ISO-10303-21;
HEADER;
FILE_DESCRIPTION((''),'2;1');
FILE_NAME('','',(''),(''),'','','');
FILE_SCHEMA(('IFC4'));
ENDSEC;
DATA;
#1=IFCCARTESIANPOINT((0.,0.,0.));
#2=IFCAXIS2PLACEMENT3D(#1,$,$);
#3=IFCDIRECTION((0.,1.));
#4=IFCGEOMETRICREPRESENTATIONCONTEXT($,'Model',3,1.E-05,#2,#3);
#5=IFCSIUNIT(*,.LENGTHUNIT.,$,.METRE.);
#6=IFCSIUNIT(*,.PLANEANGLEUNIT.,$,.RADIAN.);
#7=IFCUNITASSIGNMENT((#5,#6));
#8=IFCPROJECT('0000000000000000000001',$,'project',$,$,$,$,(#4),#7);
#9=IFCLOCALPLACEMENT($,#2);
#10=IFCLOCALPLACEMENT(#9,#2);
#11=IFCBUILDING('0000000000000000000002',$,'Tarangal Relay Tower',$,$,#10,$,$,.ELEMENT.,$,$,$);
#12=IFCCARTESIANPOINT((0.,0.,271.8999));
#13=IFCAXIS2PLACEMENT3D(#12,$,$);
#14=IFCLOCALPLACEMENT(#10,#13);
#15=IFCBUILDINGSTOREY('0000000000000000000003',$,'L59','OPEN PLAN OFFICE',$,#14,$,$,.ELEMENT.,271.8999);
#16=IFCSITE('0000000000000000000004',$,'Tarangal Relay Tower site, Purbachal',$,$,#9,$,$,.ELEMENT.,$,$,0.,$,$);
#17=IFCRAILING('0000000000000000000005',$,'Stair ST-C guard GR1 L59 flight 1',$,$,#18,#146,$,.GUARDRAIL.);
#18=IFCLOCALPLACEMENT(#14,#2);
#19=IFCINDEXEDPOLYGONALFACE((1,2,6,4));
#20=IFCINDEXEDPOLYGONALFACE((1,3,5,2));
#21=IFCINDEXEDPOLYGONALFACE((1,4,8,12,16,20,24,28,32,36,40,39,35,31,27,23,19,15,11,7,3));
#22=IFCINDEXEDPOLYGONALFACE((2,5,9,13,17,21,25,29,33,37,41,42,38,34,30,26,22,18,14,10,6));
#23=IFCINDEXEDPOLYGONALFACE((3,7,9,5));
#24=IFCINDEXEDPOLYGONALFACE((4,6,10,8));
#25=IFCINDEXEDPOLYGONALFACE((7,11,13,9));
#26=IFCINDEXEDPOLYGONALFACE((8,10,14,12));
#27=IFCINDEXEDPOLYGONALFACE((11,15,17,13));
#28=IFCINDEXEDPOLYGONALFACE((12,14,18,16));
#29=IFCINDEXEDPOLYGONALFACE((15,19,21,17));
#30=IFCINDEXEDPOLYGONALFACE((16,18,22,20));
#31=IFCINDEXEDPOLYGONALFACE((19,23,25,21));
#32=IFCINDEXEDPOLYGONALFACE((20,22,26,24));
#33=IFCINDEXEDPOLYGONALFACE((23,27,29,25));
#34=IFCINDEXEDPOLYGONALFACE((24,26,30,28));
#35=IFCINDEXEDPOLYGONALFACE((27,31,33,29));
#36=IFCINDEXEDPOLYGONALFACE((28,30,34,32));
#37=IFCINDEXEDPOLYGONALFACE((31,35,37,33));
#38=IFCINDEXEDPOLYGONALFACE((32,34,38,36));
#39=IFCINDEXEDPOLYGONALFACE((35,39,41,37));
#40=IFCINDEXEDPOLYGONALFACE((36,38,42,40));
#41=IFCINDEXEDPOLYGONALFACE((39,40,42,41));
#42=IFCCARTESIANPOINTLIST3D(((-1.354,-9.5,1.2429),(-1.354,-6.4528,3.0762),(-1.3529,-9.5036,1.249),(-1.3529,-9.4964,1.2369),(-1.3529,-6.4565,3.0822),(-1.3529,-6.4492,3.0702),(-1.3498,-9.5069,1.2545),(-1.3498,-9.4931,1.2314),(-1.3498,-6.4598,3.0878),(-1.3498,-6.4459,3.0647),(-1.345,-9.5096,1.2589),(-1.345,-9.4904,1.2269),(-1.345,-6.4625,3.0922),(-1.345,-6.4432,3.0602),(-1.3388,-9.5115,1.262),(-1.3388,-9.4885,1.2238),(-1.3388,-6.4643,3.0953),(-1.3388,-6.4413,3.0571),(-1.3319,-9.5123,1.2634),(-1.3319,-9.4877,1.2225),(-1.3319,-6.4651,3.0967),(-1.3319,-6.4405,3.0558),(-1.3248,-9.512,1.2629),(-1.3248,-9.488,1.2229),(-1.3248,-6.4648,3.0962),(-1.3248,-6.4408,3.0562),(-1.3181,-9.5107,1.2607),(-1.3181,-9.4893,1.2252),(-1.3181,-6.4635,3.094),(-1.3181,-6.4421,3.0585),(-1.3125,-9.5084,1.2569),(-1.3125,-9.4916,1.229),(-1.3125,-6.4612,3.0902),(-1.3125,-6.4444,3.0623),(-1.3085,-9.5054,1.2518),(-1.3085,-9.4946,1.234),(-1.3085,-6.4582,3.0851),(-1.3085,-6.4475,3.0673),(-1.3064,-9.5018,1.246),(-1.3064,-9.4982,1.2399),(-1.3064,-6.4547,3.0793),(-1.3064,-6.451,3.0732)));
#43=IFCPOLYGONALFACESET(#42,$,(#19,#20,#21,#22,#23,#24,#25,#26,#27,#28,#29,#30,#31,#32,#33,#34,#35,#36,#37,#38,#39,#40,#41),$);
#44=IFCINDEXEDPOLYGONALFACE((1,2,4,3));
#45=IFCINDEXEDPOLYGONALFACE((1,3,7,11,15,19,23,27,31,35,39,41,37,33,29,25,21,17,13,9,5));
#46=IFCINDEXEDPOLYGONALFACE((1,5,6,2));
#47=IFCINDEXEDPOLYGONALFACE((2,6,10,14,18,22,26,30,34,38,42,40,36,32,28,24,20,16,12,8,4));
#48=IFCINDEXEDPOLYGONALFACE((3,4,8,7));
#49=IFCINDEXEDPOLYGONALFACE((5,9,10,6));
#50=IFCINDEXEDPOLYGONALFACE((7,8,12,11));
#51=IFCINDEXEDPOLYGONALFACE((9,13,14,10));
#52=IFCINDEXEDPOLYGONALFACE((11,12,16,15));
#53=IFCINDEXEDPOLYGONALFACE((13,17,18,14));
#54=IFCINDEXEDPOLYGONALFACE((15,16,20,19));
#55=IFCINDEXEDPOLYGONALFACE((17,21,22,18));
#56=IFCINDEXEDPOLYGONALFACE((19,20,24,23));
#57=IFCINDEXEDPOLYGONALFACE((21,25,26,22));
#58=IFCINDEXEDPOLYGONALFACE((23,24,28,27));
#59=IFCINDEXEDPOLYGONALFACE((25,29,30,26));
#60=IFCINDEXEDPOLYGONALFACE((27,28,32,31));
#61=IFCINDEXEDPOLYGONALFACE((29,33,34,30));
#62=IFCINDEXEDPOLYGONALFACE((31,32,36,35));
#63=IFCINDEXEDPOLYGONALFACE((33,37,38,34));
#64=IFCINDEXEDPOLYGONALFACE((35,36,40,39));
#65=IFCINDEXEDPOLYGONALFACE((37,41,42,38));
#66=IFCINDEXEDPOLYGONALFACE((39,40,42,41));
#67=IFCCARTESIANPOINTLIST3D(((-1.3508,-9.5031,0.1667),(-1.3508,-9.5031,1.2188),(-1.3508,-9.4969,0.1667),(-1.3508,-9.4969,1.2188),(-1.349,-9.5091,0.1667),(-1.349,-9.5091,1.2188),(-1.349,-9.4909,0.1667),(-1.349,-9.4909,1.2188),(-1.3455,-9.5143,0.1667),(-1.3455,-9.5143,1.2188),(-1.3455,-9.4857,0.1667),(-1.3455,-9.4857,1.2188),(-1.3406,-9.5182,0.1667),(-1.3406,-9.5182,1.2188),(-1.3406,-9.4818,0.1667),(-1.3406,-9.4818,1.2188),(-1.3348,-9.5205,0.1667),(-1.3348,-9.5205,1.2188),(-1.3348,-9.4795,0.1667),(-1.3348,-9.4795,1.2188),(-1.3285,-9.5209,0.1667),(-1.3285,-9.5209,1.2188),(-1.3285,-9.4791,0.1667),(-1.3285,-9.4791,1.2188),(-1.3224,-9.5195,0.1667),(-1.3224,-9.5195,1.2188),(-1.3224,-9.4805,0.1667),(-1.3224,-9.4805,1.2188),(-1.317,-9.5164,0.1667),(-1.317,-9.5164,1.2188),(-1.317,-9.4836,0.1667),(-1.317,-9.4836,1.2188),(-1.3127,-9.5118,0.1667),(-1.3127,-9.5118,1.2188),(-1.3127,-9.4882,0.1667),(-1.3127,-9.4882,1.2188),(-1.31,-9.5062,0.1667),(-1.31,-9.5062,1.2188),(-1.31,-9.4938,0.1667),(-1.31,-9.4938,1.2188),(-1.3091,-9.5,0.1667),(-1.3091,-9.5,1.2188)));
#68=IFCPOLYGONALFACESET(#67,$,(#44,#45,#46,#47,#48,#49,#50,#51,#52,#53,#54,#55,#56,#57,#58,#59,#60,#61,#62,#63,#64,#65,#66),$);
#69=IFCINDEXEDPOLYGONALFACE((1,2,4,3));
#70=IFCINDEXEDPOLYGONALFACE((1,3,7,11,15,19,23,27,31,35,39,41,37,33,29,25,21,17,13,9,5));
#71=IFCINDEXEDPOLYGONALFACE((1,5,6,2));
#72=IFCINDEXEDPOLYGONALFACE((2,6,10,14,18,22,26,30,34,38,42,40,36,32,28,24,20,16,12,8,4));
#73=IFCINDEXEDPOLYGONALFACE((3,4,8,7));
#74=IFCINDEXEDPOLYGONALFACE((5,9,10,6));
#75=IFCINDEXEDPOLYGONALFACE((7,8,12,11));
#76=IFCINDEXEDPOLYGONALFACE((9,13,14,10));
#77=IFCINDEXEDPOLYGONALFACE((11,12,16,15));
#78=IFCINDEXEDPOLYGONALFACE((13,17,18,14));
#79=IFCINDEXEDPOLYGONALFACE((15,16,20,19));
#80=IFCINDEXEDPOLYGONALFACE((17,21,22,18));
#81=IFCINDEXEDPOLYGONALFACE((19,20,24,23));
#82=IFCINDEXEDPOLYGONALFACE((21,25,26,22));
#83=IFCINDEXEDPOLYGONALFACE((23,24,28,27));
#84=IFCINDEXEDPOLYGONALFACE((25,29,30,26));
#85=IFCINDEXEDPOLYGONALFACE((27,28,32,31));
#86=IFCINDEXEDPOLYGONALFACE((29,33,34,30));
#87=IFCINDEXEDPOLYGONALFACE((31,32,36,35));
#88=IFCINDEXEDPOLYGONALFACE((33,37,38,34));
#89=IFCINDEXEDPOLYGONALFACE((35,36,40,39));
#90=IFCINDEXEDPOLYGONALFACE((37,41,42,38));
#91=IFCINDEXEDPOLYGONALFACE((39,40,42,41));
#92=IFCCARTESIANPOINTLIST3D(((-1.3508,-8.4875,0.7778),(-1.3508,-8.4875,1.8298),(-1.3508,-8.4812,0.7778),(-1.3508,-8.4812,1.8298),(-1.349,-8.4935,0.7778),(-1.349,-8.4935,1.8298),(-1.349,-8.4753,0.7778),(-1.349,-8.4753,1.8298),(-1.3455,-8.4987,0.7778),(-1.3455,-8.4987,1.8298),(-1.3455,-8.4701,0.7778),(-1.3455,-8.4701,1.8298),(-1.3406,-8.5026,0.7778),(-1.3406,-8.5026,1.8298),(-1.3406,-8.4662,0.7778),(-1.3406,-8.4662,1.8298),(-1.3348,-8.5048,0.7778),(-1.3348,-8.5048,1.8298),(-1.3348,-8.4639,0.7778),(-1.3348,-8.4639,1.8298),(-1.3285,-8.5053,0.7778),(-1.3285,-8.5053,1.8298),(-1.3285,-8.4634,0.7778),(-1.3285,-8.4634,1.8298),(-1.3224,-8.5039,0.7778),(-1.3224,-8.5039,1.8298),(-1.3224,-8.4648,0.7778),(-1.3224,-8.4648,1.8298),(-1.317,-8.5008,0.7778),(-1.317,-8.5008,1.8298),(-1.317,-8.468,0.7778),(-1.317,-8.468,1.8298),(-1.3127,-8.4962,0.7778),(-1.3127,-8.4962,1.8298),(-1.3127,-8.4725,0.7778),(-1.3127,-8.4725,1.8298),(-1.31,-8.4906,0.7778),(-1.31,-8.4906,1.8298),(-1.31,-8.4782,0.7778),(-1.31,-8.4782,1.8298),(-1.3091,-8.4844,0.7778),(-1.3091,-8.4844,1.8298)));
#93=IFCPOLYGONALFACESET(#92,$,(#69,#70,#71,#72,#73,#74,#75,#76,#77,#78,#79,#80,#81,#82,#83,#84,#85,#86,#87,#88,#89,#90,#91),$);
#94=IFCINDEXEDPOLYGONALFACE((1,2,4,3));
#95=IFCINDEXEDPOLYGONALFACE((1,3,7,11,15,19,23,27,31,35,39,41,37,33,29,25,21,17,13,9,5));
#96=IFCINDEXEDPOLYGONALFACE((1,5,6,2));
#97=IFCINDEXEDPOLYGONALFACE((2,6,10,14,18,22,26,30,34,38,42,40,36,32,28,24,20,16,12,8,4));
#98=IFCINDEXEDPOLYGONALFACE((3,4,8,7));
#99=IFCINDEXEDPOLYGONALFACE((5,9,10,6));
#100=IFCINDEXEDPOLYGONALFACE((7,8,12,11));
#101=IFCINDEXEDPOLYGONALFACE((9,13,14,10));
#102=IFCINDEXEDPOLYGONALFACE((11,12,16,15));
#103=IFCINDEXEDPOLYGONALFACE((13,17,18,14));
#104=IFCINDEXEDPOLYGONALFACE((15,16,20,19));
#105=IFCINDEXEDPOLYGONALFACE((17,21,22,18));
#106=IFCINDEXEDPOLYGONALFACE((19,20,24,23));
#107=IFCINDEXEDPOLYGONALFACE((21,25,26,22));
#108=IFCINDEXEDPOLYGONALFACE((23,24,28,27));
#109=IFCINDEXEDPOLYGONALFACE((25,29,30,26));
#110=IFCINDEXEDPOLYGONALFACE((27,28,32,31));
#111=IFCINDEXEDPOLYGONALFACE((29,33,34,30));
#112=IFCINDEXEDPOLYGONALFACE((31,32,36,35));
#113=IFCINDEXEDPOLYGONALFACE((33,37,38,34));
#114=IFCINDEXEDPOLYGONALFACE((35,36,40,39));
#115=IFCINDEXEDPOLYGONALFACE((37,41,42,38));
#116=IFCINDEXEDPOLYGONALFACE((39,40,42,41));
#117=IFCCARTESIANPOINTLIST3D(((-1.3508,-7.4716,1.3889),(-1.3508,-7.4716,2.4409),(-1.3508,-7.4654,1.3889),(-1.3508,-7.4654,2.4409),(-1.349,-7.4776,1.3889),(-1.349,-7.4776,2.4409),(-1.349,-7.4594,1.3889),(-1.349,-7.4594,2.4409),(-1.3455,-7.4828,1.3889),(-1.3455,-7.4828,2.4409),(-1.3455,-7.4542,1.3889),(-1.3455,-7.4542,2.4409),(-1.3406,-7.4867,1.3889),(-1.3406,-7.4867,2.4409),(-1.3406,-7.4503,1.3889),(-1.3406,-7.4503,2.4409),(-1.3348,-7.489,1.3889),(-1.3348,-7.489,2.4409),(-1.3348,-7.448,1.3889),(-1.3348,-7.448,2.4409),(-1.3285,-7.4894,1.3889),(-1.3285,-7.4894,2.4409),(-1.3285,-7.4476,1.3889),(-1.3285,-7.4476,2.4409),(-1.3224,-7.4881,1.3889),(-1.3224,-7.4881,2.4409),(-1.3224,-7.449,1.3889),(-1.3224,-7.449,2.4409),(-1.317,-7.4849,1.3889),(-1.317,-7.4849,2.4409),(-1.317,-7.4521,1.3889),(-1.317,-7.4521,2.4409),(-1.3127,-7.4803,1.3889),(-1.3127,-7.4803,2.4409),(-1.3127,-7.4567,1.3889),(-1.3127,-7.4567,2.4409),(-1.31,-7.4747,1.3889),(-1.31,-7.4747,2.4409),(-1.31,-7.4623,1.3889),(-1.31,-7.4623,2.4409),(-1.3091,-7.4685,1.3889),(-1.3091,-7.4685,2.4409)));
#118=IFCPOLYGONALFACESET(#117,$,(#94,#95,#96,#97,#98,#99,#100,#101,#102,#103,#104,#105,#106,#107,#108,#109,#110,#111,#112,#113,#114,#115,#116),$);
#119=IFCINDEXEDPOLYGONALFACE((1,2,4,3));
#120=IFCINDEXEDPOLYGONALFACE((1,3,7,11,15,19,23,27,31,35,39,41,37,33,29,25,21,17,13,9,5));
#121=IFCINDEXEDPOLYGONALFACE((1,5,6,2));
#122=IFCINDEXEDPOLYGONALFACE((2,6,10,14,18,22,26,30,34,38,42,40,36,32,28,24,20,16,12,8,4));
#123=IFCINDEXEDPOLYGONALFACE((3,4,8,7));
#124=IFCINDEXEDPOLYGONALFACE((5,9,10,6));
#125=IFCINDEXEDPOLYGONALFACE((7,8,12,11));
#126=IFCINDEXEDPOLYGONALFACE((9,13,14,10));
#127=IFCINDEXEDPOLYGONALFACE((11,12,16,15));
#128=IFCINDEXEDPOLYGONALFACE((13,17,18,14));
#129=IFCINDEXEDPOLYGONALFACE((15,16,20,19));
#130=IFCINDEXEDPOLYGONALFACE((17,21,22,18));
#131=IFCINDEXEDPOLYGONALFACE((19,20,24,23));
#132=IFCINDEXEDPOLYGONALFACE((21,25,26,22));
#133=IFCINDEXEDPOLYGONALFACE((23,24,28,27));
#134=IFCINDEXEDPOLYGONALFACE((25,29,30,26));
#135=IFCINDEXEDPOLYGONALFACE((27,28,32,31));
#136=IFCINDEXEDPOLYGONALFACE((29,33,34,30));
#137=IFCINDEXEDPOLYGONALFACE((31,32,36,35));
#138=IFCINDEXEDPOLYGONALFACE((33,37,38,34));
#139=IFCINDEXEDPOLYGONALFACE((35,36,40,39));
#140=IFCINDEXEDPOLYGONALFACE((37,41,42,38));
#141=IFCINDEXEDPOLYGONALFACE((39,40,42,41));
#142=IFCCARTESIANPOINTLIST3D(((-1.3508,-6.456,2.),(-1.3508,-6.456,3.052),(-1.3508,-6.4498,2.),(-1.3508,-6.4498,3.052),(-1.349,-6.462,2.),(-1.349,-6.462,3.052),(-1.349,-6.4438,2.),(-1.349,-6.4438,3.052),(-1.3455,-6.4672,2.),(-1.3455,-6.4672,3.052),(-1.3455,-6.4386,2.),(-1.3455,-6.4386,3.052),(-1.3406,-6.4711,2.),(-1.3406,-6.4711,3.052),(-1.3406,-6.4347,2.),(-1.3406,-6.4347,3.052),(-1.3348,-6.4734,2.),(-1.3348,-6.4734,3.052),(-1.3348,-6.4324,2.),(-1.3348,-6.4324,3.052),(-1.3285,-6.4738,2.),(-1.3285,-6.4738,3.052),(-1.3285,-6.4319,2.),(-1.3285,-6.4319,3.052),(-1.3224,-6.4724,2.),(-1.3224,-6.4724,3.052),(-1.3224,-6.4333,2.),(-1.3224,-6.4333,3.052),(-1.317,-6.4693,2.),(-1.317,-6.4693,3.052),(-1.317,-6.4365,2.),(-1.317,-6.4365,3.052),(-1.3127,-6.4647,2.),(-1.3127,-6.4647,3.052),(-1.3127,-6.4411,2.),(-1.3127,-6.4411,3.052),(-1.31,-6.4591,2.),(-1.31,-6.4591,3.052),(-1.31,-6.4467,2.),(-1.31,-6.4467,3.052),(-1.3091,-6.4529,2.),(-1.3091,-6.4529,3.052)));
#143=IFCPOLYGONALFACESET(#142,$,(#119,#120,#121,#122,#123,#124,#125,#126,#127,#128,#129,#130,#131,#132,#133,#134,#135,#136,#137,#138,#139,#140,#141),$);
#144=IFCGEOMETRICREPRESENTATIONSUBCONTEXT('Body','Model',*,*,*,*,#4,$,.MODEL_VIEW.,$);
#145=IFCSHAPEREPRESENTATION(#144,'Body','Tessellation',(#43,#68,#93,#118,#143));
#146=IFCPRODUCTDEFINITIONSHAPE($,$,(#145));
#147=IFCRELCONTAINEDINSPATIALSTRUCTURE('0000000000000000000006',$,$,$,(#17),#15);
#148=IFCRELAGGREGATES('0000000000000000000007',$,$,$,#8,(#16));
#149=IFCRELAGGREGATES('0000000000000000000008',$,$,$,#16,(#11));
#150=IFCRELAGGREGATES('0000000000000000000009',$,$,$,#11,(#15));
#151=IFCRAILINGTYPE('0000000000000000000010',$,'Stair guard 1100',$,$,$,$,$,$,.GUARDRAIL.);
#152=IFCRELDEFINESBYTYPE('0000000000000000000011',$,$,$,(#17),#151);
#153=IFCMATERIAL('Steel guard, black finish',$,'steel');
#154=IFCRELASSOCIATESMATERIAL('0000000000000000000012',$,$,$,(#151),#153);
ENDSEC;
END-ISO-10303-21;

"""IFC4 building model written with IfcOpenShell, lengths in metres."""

from ifc_helpers import new_model, si_unit, direction, frame, origin, origin_2d, place, context, subcontext, project, spatial, circle, extrude, material, type_object, element, save


model = new_model("IFC4")

# Units and contexts
model_context = context("Model", 3, precision=1e-05, world=origin(), true_north=direction((0.0, 1.0)))
body_context = subcontext(model_context, "Body", "Model", "MODEL_VIEW")
ifc_project = project(units=[si_unit("LENGTHUNIT", "METRE"), si_unit("PLANEANGLEUNIT", "RADIAN")], contexts=[model_context])

# Site, building, storey
site_placement = place(None, origin())
site = spatial("IfcSite", under=ifc_project, at=site_placement, Name="Tarangal Relay Tower site, Purbachal", CompositionType="ELEMENT", RefElevation=0.0)
building_placement = place(site_placement, origin())
building = spatial("IfcBuilding", under=site, at=building_placement, Name="Tarangal Relay Tower", CompositionType="ELEMENT")
storey_placement = place(building_placement, frame((0.0, 0.0, 271.8999)))
storey = spatial("IfcBuildingStorey", under=building, at=storey_placement, Name="L59", Description="OPEN PLAN OFFICE", CompositionType="ELEMENT", Elevation=271.8999)

# Railing
ifc_material_1 = material(Name="Steel guard, black finish", Category="steel")
railing_type = type_object("IfcRailingType", Name="Stair guard 1100", PredefinedType="GUARDRAIL", material=ifc_material_1)
railing_1_placement = place(storey_placement, frame((-1.3301, -9.5, 0.1667)))
element("IfcRailing", 1, at=railing_1_placement, inside=storey, type_object=railing_type, Name="Stair ST-C guard GR1 L59 flight 1", PredefinedType="GUARDRAIL", context=body_context, shape_type="SweptSolid", body=[
    extrude(circle(Radius=0.0239, at=origin_2d()), frame((0.0, 0.0, 1.0762), z_axis=(0.0, 0.856874, 0.515525), x_axis=(-1.0, 0.0, 0.0)), (0.0, 0.0, 1.0), 3.5562),
    extrude(circle(Radius=0.021, at=origin_2d()), origin(), (0.0, 0.0, 1.0), 1.052),
    extrude(circle(Radius=0.021, at=origin_2d()), frame((0.0, 1.0156, 0.6111)), (0.0, 0.0, 1.0), 1.052),
    extrude(circle(Radius=0.021, at=origin_2d()), frame((0.0, 2.0315, 1.2222)), (0.0, 0.0, 1.0), 1.052),
    extrude(circle(Radius=0.021, at=origin_2d()), frame((0.0, 3.0471, 1.8333)), (0.0, 0.0, 1.0), 1.052),
])

save(model, "model.ifc")
